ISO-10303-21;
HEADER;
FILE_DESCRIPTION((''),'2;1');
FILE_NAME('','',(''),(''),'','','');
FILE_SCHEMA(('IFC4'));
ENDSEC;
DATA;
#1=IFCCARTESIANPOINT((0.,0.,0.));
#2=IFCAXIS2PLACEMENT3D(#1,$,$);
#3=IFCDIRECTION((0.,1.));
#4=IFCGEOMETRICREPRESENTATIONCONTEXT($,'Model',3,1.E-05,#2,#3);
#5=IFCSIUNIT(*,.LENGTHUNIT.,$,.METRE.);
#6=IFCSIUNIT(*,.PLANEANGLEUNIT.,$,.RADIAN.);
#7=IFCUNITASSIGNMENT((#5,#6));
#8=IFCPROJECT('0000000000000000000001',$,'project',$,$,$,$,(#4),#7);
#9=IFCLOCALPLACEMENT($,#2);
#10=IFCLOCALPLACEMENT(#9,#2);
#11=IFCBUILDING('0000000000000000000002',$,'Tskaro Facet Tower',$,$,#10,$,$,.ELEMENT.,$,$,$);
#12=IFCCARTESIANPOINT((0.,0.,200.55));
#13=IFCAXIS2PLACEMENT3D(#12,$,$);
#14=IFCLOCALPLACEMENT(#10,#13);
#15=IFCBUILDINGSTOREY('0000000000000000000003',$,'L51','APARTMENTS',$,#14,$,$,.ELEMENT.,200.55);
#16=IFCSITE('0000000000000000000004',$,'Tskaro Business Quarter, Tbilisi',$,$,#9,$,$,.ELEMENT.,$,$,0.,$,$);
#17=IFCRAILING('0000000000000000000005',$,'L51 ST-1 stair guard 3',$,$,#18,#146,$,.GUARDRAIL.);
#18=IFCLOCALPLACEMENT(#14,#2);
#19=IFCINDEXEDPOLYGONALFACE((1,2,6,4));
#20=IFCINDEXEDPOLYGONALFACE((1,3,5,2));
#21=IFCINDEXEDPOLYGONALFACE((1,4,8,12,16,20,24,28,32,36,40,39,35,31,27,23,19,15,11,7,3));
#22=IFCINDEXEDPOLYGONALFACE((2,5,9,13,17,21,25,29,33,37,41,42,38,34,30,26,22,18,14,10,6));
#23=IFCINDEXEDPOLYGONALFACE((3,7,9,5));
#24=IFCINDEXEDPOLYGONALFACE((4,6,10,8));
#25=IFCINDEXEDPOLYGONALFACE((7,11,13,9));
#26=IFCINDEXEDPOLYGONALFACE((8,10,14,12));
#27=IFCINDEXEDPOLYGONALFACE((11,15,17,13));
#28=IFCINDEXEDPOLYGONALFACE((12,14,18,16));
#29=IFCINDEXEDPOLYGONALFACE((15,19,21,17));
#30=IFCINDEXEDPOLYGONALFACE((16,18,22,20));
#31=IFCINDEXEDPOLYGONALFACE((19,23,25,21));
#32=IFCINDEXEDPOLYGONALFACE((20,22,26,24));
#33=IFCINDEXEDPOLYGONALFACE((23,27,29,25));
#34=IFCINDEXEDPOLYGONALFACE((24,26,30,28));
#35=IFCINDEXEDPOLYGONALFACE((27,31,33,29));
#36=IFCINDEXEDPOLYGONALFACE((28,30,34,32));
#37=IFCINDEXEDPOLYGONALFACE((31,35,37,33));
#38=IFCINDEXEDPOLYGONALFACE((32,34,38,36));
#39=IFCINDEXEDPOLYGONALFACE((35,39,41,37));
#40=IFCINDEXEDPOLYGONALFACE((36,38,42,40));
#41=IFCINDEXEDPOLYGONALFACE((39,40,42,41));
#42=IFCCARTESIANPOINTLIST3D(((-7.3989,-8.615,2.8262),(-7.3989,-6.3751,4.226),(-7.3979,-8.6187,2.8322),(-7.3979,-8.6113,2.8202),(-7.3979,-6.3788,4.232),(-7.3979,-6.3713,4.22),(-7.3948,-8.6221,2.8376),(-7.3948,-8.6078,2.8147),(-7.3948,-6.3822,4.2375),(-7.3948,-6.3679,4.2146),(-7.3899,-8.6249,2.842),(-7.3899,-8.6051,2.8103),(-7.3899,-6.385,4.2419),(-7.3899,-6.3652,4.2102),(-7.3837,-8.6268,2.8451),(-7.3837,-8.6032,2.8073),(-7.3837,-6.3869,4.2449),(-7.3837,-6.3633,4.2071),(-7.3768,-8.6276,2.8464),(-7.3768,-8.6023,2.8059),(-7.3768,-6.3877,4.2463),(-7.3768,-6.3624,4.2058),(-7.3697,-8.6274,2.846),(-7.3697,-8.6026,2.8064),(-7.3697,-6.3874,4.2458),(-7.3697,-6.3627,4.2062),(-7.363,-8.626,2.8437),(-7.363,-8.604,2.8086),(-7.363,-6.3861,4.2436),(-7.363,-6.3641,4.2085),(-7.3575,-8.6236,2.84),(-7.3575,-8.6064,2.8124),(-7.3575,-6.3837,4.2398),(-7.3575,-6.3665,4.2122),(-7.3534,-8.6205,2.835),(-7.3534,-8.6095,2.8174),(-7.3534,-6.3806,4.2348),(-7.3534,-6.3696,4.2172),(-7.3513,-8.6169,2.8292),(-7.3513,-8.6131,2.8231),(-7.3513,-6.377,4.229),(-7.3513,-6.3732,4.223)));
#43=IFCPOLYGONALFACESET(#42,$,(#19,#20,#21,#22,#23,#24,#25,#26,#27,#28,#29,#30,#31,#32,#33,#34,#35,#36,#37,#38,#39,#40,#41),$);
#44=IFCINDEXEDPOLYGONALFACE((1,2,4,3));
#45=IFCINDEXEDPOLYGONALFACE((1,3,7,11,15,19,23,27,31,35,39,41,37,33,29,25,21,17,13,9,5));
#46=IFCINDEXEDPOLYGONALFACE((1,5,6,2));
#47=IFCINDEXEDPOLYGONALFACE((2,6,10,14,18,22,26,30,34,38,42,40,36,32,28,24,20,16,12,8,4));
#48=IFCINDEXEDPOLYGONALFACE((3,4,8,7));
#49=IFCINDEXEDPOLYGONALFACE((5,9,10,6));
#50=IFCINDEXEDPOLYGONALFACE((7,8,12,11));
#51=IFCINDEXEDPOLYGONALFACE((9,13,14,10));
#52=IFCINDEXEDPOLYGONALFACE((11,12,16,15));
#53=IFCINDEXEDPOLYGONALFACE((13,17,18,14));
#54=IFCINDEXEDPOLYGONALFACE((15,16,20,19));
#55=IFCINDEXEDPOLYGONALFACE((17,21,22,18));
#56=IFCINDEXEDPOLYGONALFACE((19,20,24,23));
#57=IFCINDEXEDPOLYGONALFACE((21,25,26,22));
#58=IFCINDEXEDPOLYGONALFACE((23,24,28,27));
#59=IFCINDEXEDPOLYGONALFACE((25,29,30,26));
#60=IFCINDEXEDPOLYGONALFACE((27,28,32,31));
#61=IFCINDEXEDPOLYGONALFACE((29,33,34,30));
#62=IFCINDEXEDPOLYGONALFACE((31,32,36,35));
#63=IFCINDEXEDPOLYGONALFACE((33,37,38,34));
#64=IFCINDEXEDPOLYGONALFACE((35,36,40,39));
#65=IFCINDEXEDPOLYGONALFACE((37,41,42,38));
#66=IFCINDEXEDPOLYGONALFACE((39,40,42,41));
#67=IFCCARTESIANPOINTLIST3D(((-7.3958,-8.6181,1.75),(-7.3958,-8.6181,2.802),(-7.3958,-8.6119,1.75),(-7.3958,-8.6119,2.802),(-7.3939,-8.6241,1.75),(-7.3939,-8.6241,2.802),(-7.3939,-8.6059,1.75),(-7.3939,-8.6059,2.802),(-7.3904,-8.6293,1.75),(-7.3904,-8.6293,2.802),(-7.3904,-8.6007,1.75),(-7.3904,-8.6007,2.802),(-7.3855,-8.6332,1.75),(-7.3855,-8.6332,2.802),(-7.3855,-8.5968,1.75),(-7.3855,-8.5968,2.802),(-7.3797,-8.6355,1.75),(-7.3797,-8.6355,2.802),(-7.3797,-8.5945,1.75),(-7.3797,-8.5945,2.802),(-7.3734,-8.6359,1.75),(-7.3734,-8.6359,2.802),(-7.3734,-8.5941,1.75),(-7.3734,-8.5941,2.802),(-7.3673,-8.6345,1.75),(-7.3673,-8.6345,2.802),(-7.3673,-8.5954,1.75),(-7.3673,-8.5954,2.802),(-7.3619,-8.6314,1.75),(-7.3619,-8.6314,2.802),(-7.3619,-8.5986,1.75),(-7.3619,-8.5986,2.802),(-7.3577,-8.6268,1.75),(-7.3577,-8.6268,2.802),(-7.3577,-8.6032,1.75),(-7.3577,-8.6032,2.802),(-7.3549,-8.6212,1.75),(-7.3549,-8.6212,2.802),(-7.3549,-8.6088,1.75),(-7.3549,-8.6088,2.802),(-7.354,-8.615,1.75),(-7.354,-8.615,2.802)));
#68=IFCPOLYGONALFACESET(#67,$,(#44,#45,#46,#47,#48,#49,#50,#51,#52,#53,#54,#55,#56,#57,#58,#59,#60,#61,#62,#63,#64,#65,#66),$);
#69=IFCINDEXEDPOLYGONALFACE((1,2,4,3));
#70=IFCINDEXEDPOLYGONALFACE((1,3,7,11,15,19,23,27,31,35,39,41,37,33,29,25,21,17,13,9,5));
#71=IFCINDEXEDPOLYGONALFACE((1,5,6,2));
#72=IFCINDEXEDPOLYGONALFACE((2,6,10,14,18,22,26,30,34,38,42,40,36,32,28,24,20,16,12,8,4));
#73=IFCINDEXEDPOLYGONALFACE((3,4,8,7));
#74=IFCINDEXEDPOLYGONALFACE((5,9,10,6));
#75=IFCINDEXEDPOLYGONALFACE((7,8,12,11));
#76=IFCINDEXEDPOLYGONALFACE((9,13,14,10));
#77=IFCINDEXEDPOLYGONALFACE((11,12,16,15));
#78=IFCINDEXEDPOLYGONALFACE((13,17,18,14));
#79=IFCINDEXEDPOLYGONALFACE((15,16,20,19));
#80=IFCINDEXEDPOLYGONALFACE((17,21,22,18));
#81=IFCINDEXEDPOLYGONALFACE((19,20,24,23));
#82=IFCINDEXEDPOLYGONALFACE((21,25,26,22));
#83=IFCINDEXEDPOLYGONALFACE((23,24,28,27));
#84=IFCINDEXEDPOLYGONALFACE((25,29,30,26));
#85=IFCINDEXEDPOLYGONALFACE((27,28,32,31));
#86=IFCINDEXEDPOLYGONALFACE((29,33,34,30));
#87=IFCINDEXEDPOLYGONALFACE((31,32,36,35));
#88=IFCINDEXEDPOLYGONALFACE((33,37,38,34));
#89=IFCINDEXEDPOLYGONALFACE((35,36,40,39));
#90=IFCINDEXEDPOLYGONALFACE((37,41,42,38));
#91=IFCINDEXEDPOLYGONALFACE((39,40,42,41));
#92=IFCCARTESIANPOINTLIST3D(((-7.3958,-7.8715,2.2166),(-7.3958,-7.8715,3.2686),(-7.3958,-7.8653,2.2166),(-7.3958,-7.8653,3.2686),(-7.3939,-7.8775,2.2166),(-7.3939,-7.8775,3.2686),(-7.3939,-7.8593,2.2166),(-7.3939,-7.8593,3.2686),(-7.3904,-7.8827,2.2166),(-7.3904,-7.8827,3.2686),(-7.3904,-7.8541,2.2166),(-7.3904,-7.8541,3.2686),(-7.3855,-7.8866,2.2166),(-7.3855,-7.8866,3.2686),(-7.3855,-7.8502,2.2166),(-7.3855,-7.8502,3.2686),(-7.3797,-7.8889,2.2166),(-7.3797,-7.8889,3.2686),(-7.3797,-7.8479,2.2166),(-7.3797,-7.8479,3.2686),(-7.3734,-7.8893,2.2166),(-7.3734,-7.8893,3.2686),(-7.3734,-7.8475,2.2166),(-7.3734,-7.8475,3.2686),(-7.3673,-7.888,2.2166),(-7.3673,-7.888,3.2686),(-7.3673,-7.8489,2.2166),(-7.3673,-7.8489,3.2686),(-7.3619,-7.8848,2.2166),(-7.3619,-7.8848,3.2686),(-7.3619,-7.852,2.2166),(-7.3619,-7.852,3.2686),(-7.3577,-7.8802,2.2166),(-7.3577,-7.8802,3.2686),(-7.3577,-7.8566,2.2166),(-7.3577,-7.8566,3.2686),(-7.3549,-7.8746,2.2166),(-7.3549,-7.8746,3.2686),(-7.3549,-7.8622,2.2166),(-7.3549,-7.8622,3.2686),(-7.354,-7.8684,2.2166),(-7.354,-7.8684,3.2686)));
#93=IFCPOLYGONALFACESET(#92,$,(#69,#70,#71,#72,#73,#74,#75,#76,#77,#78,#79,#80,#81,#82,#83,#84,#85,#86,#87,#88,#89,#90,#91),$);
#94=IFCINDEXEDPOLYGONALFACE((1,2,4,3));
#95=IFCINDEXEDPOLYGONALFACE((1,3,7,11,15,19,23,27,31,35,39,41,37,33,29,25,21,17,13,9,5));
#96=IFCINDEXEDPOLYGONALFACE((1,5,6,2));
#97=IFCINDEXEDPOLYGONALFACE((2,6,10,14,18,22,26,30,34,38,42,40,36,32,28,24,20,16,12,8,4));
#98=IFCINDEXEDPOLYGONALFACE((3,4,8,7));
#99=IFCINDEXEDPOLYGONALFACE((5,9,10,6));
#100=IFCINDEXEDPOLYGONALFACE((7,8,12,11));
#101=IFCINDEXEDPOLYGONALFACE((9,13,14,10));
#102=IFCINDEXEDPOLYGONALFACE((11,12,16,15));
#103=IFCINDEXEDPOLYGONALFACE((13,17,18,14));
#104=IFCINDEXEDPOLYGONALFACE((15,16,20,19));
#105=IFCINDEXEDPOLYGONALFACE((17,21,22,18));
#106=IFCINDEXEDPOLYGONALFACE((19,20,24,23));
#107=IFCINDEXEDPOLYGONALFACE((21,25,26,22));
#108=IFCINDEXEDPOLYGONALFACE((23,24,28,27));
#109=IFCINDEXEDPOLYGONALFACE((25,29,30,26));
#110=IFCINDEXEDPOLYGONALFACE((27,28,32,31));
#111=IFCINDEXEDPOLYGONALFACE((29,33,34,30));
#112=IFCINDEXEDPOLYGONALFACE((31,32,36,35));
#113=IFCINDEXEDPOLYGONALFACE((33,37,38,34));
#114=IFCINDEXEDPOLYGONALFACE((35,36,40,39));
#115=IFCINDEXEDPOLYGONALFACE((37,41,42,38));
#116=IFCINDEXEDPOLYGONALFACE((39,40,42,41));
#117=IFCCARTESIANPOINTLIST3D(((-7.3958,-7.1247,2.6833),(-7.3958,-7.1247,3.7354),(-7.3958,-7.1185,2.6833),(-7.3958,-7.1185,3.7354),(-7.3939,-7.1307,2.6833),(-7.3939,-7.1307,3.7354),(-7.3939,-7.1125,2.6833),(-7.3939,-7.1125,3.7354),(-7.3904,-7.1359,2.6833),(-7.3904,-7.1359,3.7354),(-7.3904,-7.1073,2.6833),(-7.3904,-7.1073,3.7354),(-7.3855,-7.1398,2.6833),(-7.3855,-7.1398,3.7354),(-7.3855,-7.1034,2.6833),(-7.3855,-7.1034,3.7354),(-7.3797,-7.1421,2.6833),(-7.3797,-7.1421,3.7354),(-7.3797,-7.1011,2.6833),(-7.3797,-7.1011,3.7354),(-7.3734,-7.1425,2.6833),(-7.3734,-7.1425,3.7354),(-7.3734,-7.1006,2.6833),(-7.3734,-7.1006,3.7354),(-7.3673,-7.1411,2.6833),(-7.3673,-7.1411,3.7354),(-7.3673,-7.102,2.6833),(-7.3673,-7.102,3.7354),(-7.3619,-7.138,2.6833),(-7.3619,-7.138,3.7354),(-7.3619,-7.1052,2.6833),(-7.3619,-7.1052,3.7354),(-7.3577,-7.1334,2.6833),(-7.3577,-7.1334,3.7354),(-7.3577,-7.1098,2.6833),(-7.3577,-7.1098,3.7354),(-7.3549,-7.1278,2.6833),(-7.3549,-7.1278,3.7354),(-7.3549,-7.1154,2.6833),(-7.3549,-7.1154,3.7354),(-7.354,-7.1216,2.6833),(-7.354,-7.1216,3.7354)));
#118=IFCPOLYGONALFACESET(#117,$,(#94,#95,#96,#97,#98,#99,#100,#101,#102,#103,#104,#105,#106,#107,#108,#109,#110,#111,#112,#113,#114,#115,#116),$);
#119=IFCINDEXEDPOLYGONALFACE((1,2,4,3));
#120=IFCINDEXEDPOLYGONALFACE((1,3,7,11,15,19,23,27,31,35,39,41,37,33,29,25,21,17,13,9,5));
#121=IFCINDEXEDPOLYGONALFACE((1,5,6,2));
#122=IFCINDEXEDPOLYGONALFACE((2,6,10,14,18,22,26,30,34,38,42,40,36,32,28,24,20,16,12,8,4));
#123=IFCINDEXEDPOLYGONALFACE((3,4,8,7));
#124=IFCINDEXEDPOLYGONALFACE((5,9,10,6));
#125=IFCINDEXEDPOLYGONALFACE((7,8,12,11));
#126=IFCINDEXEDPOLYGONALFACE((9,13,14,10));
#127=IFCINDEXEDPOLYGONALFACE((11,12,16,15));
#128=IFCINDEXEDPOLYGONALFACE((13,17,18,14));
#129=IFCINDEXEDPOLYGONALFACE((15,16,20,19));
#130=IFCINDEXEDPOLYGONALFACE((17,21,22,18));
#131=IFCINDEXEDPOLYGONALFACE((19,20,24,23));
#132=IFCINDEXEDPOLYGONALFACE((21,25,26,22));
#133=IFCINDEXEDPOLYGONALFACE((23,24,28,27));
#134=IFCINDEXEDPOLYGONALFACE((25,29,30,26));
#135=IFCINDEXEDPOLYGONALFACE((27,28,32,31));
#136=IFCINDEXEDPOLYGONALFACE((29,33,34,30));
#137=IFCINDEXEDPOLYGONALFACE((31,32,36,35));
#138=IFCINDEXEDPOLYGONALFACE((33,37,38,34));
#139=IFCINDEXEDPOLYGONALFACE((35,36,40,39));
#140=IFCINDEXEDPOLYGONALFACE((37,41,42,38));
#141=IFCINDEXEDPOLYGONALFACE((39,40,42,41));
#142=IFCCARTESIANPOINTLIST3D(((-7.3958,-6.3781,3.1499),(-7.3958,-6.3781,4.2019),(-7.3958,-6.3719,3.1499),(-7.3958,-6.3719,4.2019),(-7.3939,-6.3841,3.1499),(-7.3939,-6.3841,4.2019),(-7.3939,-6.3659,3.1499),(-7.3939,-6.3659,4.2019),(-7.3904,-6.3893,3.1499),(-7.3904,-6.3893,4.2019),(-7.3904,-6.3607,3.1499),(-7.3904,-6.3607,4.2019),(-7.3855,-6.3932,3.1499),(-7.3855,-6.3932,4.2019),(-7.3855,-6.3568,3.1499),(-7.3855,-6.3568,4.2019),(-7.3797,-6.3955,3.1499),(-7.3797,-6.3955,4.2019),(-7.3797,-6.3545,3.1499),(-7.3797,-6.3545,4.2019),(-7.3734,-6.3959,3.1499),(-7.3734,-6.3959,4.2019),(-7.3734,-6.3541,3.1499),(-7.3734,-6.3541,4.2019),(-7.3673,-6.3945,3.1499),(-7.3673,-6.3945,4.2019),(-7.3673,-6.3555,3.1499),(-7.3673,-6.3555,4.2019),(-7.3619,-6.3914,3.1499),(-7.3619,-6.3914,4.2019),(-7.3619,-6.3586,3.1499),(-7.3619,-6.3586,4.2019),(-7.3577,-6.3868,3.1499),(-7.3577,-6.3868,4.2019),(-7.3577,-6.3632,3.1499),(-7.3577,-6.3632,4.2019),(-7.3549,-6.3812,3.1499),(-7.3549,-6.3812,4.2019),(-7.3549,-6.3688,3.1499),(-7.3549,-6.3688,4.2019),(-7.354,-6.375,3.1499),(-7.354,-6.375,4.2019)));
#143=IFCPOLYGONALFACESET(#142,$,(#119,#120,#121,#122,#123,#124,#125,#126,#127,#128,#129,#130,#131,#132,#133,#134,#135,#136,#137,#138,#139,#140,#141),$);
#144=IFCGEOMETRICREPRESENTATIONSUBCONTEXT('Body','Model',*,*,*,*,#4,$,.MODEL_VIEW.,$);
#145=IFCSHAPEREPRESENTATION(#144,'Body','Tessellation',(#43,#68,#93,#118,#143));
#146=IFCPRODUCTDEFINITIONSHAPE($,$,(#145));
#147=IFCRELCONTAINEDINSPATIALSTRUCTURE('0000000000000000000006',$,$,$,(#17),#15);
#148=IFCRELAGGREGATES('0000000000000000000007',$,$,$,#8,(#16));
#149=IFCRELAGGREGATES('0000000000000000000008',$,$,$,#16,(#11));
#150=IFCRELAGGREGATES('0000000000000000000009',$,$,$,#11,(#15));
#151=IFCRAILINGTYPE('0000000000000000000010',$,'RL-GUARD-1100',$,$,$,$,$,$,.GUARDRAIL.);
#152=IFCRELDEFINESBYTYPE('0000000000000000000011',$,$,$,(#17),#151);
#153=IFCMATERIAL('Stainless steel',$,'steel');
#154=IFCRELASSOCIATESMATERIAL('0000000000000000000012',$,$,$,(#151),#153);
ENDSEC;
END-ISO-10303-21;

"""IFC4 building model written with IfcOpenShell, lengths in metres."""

from ifc_helpers import new_model, si_unit, direction, frame, origin, origin_2d, place, context, subcontext, project, spatial, circle, extrude, material, type_object, element, save


model = new_model("IFC4")

# Units and contexts
model_context = context("Model", 3, precision=1e-05, world=origin(), true_north=direction((0.0, 1.0)))
body_context = subcontext(model_context, "Body", "Model", "MODEL_VIEW")
ifc_project = project(units=[si_unit("LENGTHUNIT", "METRE"), si_unit("PLANEANGLEUNIT", "RADIAN")], contexts=[model_context])

# Site, building, storey
site_placement = place(None, origin())
site = spatial("IfcSite", under=ifc_project, at=site_placement, Name="Tskaro Business Quarter, Tbilisi", CompositionType="ELEMENT", RefElevation=0.0)
building_placement = place(site_placement, origin())
building = spatial("IfcBuilding", under=site, at=building_placement, Name="Tskaro Facet Tower", CompositionType="ELEMENT")
storey_placement = place(building_placement, frame((0.0, 0.0, 200.55)))
storey = spatial("IfcBuildingStorey", under=building, at=storey_placement, Name="L51", Description="APARTMENTS", CompositionType="ELEMENT", Elevation=200.55)

# Shared definitions
ifc_material_1 = material(Name="Stainless steel", Category="steel")

# Railing
railing_type_1 = type_object("IfcRailingType", Name="RL-GUARD-1100", PredefinedType="GUARDRAIL", material=ifc_material_1)
railing_1_placement = place(storey_placement, frame((-7.375, -8.615, 1.75)))
element("IfcRailing", 1, at=railing_1_placement, inside=storey, type_object=railing_type_1, Name="L51 ST-1 stair guard 3", PredefinedType="GUARDRAIL", context=body_context, shape_type="SweptSolid", body=[
    extrude(circle(Radius=0.0239, at=origin_2d()), frame((0.0, 0.0, 1.0762), z_axis=(0.0, 0.848014, 0.529974), x_axis=(-1.0, 0.0, 0.0)), (0.0, 0.0, 1.0), 2.6414),
    extrude(circle(Radius=0.021, at=origin_2d()), origin(), (0.0, 0.0, 1.0), 1.052),
    extrude(circle(Radius=0.021, at=origin_2d()), frame((0.0, 0.7466, 0.4666)), (0.0, 0.0, 1.0), 1.052),
    extrude(circle(Radius=0.021, at=origin_2d()), frame((0.0, 1.4934, 0.9333)), (0.0, 0.0, 1.0), 1.052),
    extrude(circle(Radius=0.021, at=origin_2d()), frame((0.0, 2.24, 1.3999)), (0.0, 0.0, 1.0), 1.052),
])

save(model, "model.ifc")
